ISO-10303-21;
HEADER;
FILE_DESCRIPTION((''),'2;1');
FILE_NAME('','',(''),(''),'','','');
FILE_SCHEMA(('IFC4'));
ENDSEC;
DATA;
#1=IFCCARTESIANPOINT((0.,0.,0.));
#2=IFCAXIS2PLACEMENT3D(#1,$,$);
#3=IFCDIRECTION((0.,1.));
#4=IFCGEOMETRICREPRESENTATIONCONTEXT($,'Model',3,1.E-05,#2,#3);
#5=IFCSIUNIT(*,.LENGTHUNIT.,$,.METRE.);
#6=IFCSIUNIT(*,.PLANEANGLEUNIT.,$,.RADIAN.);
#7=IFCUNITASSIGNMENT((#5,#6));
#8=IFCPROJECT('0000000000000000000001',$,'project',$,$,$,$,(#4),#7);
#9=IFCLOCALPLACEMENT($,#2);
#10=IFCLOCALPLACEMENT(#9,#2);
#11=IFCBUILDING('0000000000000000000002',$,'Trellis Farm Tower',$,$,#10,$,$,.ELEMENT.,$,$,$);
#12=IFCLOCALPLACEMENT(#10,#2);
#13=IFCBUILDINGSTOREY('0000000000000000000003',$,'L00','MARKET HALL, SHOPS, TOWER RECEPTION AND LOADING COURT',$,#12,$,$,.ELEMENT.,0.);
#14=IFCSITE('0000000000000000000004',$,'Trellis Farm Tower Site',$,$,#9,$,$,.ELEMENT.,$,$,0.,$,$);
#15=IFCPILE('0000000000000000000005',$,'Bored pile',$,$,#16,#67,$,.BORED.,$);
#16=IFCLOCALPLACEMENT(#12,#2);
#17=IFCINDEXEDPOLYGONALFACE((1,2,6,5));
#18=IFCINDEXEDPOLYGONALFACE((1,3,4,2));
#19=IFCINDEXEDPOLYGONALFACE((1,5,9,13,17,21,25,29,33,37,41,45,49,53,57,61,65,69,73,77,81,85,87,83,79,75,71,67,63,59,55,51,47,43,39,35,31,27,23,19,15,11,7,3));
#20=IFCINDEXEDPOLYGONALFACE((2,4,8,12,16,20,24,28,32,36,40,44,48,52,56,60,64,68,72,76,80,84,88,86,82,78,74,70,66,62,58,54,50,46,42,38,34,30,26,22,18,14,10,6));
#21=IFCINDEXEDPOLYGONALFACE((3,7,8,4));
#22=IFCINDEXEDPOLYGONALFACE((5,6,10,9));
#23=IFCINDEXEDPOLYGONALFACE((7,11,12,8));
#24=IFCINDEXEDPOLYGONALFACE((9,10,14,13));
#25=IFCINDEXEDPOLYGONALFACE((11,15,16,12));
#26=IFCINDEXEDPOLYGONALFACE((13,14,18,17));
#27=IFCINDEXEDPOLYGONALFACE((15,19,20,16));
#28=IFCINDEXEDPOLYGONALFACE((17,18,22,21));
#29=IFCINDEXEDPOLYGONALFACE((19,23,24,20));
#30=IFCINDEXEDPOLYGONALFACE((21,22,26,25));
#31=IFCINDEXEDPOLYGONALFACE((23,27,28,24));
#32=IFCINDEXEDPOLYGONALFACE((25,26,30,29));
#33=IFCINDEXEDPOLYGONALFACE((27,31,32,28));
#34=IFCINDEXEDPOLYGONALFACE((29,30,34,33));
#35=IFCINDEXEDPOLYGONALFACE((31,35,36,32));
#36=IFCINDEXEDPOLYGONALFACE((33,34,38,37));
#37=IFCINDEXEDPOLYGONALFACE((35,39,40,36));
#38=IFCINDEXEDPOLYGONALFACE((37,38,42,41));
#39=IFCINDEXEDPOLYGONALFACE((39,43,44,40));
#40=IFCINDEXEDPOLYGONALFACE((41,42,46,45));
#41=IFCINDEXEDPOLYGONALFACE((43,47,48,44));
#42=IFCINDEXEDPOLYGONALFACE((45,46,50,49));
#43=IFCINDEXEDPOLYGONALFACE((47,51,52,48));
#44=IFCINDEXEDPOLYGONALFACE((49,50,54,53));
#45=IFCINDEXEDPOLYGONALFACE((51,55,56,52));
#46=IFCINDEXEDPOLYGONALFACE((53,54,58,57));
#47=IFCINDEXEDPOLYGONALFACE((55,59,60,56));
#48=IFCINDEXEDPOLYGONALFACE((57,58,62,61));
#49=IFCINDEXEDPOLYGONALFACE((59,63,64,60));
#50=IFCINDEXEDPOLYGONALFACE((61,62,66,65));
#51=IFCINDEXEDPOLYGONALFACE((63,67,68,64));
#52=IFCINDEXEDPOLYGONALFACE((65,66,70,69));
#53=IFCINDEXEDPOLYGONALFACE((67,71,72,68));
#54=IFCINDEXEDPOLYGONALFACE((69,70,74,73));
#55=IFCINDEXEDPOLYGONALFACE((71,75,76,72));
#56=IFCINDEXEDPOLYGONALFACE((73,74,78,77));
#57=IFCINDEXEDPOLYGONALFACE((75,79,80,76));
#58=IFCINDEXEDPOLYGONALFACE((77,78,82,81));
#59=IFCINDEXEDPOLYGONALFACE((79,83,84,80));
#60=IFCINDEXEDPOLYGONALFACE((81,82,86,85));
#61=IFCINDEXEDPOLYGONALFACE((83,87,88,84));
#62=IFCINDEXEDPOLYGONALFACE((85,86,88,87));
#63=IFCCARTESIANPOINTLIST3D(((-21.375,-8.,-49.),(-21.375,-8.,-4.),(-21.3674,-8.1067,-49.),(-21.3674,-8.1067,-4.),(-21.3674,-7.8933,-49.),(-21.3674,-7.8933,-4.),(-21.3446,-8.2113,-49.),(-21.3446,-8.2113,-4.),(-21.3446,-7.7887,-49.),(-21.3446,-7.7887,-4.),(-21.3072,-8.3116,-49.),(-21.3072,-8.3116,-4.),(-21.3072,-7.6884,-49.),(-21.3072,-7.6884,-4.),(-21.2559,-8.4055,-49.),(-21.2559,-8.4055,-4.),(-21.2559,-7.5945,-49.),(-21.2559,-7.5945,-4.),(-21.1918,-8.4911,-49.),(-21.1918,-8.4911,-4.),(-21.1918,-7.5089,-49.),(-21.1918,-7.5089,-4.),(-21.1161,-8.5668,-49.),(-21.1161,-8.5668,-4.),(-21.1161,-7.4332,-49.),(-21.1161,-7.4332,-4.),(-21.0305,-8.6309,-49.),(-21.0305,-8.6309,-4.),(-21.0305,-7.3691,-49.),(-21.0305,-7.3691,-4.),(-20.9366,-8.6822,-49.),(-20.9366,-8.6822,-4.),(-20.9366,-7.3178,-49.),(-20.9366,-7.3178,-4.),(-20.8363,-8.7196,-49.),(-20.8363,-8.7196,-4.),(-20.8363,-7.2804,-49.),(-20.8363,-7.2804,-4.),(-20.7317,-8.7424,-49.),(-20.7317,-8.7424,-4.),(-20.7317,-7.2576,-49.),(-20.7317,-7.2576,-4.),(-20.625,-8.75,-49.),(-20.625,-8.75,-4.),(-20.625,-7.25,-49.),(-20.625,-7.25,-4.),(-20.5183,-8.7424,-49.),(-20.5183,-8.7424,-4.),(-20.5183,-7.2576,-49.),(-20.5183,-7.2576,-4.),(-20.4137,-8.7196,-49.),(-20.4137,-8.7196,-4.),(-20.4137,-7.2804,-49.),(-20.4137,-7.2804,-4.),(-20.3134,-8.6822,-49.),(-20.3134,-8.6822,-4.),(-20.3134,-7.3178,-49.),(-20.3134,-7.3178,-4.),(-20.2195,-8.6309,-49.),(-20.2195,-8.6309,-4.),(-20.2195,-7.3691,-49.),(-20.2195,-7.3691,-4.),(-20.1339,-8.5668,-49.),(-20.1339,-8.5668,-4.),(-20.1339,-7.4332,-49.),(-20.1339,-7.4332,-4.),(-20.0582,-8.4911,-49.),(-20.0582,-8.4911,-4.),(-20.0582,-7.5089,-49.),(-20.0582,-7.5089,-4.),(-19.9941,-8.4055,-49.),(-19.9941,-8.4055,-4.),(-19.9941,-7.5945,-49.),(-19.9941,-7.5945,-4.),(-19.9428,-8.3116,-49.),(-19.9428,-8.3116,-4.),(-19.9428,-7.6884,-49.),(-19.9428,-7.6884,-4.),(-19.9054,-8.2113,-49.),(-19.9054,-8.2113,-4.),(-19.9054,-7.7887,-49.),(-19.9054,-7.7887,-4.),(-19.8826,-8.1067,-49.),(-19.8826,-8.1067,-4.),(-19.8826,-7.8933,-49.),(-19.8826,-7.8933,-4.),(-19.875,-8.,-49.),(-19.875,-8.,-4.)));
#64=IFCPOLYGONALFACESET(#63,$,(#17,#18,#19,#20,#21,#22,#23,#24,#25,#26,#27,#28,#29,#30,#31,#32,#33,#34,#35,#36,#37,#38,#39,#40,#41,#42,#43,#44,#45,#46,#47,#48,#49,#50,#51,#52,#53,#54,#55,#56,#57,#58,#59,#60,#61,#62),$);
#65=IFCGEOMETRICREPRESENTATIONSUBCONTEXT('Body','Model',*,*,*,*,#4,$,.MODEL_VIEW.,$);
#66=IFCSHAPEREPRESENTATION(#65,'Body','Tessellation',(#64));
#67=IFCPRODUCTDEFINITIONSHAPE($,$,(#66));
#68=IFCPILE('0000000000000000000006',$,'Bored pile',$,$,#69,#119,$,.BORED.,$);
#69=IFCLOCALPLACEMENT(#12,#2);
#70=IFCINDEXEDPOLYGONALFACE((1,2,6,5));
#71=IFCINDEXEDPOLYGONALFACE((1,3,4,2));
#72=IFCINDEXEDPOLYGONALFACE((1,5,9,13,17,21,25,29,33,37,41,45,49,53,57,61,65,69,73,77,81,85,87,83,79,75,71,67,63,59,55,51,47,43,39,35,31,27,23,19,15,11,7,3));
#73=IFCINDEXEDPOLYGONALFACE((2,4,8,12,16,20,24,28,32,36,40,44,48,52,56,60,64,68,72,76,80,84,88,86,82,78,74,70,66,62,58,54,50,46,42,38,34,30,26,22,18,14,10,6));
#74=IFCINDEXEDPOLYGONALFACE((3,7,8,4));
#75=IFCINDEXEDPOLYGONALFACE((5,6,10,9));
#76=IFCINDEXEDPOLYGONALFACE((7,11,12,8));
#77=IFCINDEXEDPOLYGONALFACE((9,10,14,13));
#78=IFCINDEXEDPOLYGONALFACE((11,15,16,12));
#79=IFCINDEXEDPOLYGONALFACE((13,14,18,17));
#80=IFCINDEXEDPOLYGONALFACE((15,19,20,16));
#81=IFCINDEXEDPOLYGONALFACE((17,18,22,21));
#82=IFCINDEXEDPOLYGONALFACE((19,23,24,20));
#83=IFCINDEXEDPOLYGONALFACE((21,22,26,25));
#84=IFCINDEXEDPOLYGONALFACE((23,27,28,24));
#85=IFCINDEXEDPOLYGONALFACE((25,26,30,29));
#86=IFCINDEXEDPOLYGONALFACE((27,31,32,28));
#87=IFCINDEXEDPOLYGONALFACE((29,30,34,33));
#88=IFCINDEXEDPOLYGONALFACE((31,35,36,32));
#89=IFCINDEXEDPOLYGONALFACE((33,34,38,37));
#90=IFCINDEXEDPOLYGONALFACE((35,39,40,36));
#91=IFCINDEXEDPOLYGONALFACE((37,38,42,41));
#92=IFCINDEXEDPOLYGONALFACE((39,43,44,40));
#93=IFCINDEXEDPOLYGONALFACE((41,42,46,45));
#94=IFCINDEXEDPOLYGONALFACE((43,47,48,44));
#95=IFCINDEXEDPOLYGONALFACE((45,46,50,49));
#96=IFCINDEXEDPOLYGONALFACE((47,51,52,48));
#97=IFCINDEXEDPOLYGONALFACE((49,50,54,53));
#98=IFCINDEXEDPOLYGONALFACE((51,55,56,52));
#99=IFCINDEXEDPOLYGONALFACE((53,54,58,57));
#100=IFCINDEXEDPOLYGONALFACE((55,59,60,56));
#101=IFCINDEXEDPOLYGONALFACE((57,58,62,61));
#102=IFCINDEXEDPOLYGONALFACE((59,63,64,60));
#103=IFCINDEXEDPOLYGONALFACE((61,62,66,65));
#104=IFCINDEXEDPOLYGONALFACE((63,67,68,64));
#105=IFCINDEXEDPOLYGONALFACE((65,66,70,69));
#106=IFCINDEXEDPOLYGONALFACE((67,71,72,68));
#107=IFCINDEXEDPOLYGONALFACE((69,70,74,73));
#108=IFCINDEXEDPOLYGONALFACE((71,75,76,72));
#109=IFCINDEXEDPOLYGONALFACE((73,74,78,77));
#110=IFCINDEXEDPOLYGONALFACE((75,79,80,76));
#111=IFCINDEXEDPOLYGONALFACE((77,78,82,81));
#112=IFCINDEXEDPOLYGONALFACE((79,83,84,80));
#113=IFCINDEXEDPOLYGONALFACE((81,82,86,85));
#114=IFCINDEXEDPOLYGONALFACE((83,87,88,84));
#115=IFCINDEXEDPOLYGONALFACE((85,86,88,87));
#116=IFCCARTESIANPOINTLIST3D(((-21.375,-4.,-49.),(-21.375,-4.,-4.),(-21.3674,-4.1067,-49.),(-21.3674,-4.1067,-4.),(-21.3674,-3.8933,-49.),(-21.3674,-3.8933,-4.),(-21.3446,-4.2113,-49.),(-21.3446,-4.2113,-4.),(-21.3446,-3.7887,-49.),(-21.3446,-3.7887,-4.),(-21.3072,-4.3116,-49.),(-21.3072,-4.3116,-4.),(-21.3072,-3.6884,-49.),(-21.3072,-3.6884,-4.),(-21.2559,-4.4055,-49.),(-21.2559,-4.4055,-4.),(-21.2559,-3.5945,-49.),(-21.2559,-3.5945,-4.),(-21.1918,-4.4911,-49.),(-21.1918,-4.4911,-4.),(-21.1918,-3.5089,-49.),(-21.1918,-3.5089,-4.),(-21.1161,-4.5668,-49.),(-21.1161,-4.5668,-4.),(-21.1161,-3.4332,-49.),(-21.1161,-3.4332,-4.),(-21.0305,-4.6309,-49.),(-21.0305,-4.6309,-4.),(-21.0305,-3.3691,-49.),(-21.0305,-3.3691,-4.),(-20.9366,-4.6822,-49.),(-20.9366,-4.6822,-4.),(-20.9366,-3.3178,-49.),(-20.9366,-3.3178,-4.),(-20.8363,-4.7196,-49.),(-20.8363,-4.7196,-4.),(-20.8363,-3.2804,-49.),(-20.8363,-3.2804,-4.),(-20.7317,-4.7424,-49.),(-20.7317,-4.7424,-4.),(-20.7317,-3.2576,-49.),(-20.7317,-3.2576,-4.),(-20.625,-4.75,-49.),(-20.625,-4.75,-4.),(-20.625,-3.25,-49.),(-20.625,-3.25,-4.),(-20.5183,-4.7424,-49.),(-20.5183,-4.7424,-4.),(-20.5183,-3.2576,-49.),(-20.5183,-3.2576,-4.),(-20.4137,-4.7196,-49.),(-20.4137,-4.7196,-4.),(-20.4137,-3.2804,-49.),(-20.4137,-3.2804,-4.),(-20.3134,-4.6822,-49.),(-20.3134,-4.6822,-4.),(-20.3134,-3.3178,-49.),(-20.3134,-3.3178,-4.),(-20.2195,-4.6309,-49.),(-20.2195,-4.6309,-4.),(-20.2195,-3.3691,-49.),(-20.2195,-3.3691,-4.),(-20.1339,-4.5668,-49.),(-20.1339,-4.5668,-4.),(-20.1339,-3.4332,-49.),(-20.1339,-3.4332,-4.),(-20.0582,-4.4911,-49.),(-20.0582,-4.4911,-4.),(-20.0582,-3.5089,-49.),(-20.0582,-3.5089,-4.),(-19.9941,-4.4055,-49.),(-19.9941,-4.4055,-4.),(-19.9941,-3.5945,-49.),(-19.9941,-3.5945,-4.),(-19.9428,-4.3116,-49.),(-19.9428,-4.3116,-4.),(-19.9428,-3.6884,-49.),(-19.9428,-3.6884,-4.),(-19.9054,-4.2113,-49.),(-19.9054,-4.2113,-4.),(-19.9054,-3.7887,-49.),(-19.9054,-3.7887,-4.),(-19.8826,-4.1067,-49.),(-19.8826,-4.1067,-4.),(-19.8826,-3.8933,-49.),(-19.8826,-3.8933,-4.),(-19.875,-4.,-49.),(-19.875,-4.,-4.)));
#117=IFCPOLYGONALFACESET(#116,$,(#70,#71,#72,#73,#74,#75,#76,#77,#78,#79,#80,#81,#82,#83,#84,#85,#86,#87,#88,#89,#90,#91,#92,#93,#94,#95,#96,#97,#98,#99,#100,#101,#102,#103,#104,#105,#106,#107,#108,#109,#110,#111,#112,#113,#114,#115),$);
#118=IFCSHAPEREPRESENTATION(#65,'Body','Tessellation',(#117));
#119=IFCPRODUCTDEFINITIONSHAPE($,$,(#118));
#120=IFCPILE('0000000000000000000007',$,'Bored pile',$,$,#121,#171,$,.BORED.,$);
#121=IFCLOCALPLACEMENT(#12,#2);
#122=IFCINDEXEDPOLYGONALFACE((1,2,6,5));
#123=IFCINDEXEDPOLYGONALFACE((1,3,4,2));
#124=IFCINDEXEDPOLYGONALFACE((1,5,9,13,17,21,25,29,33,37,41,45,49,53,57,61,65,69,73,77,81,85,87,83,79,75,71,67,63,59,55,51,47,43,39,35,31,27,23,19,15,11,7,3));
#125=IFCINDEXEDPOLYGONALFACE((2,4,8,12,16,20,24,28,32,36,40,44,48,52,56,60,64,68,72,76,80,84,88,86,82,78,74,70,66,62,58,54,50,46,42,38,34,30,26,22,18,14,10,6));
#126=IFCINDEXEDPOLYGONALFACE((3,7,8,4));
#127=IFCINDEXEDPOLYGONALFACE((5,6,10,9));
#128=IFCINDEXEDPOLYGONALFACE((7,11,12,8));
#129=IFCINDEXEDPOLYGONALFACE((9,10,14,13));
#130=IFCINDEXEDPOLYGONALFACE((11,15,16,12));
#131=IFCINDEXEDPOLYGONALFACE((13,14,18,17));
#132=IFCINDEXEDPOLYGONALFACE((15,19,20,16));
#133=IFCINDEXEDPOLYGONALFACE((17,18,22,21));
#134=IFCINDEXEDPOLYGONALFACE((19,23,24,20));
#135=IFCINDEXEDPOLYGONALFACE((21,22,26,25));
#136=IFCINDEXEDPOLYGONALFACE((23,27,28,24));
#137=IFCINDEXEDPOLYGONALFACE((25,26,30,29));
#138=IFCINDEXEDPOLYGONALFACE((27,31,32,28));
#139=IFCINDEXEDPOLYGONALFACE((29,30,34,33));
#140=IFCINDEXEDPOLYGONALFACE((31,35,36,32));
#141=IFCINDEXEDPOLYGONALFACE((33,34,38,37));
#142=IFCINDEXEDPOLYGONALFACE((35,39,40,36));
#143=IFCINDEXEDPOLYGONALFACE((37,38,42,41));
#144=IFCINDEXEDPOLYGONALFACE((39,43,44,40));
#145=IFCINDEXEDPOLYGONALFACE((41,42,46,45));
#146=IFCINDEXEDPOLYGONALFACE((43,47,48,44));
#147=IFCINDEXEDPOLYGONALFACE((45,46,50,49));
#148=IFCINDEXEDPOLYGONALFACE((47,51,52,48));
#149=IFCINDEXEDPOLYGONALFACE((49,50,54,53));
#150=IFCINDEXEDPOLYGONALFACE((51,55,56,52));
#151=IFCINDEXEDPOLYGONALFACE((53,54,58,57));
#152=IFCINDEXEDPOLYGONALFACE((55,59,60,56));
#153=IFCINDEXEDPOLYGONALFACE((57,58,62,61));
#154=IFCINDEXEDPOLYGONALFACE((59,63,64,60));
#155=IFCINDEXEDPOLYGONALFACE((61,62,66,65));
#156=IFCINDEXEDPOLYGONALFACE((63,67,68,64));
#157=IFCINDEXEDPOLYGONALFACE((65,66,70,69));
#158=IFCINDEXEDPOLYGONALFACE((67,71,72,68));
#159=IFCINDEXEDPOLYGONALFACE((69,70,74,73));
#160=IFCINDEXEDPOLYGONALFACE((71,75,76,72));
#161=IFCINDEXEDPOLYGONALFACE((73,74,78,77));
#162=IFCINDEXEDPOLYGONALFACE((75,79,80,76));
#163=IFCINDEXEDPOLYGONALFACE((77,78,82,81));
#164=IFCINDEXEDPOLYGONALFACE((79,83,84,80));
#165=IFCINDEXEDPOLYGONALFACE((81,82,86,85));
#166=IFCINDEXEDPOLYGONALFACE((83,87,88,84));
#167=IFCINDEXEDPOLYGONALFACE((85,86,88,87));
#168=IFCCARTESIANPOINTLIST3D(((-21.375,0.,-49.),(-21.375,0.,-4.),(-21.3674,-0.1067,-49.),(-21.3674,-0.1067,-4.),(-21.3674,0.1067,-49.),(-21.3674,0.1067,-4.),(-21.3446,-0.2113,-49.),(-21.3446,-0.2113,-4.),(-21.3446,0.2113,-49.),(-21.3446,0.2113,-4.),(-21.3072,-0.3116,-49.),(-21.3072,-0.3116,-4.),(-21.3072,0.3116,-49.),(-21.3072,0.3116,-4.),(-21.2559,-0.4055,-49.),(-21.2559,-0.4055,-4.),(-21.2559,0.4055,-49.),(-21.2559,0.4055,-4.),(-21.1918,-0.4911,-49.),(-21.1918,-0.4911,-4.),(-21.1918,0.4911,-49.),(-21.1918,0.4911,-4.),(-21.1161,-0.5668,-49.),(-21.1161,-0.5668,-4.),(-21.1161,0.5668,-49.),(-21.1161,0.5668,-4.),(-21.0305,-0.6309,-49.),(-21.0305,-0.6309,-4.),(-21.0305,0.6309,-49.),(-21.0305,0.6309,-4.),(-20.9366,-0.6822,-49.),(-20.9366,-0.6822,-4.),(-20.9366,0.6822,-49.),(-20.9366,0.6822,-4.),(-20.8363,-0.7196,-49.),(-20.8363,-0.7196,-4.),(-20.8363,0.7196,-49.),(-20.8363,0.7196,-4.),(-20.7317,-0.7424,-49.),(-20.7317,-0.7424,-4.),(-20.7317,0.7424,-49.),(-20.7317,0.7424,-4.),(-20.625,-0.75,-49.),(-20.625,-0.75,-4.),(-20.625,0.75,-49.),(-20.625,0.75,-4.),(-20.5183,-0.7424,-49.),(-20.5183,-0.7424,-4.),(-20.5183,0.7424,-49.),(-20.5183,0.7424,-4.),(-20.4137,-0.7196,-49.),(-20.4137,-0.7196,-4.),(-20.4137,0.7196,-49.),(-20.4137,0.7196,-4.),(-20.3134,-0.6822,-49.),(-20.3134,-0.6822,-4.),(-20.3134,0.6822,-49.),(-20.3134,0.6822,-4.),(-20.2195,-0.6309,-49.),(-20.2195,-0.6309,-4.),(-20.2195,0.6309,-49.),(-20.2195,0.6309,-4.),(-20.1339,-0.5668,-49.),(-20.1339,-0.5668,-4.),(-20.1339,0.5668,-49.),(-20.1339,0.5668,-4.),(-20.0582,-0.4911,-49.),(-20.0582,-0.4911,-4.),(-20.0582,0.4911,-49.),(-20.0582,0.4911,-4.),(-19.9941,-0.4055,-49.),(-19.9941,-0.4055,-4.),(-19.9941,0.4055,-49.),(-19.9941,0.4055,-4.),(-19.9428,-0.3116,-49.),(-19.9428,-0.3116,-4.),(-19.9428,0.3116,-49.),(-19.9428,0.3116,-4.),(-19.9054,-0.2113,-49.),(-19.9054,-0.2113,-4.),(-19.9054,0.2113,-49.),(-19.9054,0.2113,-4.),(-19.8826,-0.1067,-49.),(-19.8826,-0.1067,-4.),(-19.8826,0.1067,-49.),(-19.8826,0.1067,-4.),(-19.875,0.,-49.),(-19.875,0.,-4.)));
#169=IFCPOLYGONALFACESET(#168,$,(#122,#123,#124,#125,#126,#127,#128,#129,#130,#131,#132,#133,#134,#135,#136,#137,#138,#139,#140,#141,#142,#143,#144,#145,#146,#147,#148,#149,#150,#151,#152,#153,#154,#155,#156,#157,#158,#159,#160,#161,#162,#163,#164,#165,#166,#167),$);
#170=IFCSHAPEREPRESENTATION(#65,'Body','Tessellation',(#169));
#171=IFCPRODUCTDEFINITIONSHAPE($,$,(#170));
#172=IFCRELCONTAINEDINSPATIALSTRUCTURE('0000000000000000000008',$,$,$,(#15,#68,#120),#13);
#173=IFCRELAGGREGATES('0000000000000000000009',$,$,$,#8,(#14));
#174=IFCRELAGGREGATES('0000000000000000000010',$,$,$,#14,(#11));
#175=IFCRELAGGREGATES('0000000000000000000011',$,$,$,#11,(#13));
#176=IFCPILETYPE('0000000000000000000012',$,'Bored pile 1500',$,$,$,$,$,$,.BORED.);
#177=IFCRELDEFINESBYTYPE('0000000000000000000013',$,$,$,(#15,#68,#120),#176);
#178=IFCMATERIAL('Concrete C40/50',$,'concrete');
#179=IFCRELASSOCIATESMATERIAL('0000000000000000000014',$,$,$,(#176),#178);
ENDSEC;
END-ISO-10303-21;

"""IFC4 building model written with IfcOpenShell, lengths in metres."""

from ifc_helpers import new_model, si_unit, direction, frame, origin, origin_2d, place, context, subcontext, project, spatial, circle, extrude, source, transform, mapped, material, material_profile, profile_set, type_object, element, save


model = new_model("IFC4")

# Units and contexts
model_context = context("Model", 3, precision=1e-05, world=origin(), true_north=direction((0.0, 1.0)))
body_context = subcontext(model_context, "Body", "Model", "MODEL_VIEW")
ifc_project = project(units=[si_unit("LENGTHUNIT", "METRE"), si_unit("PLANEANGLEUNIT", "RADIAN")], contexts=[model_context])

# Site, building, storey
site_placement = place(None, origin())
site = spatial("IfcSite", under=ifc_project, at=site_placement, Name="Trellis Farm Tower Site", CompositionType="ELEMENT", RefElevation=0.0)
building_placement = place(site_placement, origin())
building = spatial("IfcBuilding", under=site, at=building_placement, Name="Trellis Farm Tower", CompositionType="ELEMENT")
storey_placement = place(building_placement, origin())
storey = spatial("IfcBuildingStorey", under=building, at=storey_placement, Name="L00", Description="MARKET HALL, SHOPS, TOWER RECEPTION AND LOADING COURT", CompositionType="ELEMENT", Elevation=0.0)

# Piles
ifc_material_1 = material(Name="Concrete C40/50", Category="concrete")
ifc_material_profile_1 = material_profile(ifc_material_1, circle(Radius=0.75, at=origin_2d()), Name="Bored pile 1500")
ifc_profile_set_1 = profile_set([ifc_material_profile_1], Name="Concrete C40/50")
pile_type = type_object("IfcPileType", Name="Bored pile 1500", PredefinedType="BORED", material=ifc_profile_set_1)
shared_shape_1 = source(origin(), body_context, "Body", "SweptSolid", [
    extrude(circle(Radius=0.75, at=origin_2d()), origin(), (0.0, 0.0, 1.0), 45.0),
])
for number, where, z_axis, x_axis, name in (
    (1, (-20.625, -8.0, -4.0), (0.0, 0.0, -1.0), (1.0, 0.0, 0.0), "Bored pile"),
    (2, (-20.625, -4.0, -4.0), (0.0, 0.0, -1.0), (1.0, 0.0, 0.0), "Bored pile"),
    (3, (-20.625, 0.0, -4.0), (0.0, 0.0, -1.0), (1.0, 0.0, 0.0), "Bored pile"),
):
    element("IfcPile", number, at=place(storey_placement, frame(where, z_axis=z_axis, x_axis=x_axis)), inside=storey, type_object=pile_type, Name=name, PredefinedType="BORED", context=body_context, shape_type="MappedRepresentation", body=[
        mapped(shared_shape_1, transform((0.0, 0.0, 0.0))),
    ])

save(model, "model.ifc")
